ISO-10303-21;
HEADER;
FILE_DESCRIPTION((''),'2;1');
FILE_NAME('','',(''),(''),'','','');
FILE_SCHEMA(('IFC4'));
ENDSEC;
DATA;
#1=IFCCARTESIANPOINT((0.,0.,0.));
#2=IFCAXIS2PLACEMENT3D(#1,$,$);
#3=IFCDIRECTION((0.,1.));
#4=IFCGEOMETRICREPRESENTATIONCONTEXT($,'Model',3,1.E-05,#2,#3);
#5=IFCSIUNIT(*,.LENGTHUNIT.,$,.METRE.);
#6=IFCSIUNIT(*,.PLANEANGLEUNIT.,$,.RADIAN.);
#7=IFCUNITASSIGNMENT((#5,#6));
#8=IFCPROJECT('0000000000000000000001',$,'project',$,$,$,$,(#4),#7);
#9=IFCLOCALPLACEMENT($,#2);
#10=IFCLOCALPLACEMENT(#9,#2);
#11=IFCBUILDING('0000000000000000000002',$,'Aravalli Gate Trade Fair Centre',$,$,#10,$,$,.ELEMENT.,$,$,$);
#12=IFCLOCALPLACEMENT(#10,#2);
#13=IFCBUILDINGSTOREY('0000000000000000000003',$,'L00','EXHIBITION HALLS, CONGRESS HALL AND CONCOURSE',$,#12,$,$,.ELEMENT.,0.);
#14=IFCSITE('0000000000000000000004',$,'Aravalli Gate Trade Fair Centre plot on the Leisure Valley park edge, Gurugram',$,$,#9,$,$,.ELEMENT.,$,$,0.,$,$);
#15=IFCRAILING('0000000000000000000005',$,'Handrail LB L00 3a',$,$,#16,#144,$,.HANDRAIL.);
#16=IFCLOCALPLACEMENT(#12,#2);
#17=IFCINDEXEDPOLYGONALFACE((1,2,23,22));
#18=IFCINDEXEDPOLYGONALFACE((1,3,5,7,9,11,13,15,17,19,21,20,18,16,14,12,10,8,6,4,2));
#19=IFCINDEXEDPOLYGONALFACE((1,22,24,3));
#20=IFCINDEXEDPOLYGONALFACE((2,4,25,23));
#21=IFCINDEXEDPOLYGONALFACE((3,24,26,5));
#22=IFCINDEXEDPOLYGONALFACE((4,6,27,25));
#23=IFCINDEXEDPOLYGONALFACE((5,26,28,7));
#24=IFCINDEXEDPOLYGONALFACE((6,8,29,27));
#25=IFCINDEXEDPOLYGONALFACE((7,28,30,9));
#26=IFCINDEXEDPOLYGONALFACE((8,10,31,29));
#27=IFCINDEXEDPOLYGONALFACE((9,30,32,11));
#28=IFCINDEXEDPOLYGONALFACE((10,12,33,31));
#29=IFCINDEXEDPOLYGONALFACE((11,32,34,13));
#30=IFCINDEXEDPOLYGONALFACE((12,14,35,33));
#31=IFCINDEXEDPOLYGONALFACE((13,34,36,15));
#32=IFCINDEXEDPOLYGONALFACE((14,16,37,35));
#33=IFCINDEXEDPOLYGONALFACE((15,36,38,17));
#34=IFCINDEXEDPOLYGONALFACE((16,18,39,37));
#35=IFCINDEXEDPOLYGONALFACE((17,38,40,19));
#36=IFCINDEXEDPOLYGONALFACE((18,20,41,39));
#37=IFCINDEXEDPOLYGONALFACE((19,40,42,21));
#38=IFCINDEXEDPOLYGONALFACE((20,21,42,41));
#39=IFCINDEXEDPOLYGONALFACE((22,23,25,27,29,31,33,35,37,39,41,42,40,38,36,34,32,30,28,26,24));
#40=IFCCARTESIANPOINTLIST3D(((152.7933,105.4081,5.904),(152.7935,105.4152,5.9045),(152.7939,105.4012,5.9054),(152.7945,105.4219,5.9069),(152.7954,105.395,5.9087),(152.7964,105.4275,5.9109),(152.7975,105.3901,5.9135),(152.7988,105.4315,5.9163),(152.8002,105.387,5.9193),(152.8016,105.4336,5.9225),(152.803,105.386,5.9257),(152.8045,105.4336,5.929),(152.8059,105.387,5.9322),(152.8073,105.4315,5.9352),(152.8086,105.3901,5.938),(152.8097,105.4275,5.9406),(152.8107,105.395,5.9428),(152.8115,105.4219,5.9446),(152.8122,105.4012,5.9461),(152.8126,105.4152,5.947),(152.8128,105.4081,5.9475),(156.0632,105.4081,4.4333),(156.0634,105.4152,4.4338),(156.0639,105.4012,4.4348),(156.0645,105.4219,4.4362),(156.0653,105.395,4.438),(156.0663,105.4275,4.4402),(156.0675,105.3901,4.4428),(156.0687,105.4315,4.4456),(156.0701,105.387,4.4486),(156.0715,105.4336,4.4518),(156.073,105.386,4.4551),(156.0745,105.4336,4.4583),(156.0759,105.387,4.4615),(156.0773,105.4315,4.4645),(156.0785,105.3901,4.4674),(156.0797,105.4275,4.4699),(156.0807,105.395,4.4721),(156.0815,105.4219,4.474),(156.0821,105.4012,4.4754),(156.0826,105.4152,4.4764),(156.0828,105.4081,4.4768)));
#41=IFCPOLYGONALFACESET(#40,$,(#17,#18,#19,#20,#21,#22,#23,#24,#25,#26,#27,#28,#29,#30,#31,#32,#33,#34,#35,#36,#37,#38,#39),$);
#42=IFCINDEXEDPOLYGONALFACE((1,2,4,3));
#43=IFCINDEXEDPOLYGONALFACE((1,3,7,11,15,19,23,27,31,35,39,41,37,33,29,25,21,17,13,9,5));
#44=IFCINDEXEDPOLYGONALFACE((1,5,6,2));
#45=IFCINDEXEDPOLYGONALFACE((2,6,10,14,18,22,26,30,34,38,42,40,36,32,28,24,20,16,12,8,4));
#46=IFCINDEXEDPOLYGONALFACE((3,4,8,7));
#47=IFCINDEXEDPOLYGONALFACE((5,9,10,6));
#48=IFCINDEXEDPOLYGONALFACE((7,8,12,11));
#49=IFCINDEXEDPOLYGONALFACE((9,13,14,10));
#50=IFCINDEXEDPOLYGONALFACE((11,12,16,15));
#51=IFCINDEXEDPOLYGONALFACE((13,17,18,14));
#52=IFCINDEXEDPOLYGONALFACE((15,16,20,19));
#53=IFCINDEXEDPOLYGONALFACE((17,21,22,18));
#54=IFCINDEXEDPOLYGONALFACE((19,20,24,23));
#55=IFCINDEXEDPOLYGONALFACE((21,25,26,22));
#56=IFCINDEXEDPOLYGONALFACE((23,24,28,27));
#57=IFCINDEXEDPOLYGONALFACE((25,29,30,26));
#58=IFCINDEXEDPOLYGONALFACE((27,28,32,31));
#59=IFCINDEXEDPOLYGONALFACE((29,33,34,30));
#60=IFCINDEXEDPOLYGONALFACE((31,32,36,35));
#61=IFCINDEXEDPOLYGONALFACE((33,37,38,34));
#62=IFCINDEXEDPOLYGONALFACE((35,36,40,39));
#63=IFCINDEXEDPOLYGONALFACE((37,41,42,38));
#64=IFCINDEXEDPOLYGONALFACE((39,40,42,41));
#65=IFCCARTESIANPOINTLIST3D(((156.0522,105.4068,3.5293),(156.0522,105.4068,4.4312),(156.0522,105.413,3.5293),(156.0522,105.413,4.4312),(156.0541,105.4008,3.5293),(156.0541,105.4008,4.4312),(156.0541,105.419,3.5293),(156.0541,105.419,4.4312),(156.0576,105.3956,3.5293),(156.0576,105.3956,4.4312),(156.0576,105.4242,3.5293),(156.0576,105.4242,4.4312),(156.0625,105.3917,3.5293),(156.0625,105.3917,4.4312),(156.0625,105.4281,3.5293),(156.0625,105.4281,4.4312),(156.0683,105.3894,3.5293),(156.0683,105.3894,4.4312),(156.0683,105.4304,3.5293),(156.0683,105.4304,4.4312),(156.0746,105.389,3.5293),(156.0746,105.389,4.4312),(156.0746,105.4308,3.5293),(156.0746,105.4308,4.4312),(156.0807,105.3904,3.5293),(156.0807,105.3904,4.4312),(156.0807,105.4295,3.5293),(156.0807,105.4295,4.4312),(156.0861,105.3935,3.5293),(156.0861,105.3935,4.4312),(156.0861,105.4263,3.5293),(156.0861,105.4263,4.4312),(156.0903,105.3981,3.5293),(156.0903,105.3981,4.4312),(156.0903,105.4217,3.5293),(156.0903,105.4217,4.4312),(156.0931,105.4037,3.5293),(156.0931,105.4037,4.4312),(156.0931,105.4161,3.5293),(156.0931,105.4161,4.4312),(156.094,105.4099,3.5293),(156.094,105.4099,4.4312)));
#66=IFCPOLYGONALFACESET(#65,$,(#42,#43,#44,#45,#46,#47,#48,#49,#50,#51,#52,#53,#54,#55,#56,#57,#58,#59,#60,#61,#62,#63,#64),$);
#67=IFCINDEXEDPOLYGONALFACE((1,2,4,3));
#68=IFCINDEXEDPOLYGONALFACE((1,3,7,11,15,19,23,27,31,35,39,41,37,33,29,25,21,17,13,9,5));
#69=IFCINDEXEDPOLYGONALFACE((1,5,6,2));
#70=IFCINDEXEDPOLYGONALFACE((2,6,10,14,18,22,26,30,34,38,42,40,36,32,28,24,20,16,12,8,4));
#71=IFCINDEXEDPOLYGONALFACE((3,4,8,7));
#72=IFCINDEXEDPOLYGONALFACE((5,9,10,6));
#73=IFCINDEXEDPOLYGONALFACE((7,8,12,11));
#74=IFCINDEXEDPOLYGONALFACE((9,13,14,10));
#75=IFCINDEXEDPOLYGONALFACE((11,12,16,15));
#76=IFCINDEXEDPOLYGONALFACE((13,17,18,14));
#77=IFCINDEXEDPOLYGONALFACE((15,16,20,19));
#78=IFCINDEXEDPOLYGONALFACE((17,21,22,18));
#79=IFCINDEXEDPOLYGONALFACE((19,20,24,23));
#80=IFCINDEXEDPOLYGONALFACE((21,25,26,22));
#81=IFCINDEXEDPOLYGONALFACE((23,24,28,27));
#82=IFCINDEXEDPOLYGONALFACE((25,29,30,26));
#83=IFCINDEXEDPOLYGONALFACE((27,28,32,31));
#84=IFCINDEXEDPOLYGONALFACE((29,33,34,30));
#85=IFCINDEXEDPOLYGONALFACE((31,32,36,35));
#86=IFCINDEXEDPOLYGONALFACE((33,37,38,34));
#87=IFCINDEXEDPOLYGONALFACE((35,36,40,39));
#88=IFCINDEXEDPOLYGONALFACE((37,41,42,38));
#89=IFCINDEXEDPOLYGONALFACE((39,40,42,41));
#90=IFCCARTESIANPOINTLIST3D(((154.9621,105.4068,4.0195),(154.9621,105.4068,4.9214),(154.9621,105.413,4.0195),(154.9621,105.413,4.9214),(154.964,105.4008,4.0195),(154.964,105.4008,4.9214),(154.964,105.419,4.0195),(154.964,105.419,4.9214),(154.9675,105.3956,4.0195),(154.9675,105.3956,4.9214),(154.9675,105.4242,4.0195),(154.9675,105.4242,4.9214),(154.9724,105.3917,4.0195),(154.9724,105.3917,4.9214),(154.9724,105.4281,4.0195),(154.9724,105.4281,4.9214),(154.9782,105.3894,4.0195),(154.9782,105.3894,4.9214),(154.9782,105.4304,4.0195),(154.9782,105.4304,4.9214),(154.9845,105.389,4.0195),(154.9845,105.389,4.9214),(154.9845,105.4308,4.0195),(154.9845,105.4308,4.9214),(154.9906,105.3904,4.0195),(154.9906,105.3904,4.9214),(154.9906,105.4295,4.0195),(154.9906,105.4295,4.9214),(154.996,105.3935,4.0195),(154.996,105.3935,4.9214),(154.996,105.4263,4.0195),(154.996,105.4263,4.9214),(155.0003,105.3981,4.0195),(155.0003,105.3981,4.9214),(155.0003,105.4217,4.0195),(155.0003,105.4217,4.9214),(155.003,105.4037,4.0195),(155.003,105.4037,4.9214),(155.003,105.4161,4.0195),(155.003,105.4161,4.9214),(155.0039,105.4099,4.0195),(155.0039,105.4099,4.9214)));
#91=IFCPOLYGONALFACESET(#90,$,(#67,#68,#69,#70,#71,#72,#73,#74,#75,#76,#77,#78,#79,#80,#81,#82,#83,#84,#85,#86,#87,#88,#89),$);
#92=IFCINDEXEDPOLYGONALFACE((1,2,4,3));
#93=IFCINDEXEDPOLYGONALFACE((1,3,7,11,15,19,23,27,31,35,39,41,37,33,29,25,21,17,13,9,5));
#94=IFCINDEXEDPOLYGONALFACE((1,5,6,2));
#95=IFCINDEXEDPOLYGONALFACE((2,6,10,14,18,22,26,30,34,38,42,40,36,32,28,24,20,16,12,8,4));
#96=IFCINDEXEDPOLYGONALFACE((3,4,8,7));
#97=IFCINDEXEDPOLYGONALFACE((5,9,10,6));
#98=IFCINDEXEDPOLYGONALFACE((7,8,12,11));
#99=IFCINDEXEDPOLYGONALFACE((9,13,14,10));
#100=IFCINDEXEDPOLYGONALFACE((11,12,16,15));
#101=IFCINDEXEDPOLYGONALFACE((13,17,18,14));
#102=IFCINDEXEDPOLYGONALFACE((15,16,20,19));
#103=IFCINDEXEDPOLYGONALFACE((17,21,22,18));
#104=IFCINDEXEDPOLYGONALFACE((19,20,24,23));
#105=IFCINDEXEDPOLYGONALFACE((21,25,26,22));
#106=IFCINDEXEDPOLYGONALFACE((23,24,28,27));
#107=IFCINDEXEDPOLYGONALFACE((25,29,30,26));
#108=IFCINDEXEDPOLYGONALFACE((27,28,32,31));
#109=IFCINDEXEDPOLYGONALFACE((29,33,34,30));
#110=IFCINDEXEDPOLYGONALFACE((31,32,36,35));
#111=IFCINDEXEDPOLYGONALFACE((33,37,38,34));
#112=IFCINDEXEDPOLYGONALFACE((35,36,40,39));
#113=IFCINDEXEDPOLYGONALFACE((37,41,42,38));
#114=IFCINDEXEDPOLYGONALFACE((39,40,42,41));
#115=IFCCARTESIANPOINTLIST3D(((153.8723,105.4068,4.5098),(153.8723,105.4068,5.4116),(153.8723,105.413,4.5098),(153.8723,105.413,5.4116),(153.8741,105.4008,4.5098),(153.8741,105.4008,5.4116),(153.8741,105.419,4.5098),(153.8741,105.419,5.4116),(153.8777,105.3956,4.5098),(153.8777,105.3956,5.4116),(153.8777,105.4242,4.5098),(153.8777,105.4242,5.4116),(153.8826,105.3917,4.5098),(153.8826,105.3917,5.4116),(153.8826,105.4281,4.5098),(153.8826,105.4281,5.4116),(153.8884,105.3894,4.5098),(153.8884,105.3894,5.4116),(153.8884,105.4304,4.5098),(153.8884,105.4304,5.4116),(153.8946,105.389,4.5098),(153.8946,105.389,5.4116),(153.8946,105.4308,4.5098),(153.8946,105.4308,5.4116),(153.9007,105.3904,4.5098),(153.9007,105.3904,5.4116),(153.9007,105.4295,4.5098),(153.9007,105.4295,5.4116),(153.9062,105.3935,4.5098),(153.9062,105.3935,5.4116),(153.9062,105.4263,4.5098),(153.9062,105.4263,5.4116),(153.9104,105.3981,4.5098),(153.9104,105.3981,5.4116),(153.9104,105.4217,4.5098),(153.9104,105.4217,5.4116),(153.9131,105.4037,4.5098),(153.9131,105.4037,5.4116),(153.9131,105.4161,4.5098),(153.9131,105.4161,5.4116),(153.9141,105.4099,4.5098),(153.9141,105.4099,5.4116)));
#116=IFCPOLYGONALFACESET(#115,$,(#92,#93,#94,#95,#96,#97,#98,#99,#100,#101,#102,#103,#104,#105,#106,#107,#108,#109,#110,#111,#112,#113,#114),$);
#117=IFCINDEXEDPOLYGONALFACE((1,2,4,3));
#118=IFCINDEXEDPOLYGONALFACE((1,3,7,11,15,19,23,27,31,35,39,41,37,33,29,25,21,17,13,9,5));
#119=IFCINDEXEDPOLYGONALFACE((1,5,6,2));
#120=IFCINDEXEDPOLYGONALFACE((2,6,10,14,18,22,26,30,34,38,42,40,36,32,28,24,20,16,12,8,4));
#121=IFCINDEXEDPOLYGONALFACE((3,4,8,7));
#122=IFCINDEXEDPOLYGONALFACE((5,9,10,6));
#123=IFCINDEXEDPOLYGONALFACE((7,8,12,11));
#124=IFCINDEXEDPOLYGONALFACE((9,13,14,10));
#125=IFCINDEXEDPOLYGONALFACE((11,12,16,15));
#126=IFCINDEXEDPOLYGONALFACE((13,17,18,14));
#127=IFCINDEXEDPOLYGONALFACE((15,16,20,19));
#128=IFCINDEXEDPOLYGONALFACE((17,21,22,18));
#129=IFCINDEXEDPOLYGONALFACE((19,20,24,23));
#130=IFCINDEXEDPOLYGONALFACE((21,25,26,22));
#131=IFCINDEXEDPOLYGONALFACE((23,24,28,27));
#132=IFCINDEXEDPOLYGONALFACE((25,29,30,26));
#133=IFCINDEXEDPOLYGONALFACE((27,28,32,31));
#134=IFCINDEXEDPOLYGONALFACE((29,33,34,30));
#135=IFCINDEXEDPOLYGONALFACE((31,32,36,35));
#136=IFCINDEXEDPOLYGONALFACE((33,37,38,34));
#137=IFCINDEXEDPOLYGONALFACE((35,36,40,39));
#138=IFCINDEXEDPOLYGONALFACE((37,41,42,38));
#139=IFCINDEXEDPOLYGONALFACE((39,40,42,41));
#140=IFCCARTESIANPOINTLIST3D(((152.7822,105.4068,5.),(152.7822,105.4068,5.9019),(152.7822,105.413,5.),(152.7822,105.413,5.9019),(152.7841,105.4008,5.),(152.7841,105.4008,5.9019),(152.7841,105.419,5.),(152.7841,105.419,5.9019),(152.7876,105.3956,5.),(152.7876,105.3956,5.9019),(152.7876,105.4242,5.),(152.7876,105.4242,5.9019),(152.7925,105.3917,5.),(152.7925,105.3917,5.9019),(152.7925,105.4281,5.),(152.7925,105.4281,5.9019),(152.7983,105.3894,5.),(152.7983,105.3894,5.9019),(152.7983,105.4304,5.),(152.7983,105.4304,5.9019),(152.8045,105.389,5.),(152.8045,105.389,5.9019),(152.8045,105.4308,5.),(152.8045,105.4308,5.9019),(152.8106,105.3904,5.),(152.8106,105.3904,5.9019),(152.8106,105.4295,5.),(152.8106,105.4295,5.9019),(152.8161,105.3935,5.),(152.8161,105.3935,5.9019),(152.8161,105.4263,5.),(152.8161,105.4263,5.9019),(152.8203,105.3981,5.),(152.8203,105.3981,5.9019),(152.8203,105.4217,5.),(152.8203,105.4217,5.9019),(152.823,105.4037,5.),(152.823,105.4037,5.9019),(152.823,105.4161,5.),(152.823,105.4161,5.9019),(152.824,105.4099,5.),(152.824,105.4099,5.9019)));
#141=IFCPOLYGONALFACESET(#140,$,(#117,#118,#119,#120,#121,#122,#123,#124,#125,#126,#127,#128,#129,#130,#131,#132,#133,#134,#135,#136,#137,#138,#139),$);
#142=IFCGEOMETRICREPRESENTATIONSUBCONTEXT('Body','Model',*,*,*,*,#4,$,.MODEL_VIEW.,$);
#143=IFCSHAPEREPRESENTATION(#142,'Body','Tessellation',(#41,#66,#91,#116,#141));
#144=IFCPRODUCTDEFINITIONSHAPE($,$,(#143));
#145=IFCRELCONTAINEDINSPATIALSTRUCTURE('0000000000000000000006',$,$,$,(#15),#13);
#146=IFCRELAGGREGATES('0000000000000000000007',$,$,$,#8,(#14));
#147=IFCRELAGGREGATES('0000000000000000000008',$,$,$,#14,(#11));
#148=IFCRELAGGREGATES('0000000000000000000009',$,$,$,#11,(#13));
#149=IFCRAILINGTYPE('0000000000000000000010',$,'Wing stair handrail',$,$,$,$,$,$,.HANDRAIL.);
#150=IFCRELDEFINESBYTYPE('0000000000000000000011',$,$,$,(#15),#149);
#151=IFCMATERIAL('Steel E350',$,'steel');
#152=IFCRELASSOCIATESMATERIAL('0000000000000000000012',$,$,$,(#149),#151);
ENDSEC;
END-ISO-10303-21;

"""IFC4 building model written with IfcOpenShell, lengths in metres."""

from ifc_helpers import new_model, si_unit, direction, frame, origin, origin_2d, place, context, subcontext, project, spatial, circle, extrude, material, type_object, element, save


model = new_model("IFC4")

# Units and contexts
model_context = context("Model", 3, precision=1e-05, world=origin(), true_north=direction((0.0, 1.0)))
body_context = subcontext(model_context, "Body", "Model", "MODEL_VIEW")
ifc_project = project(units=[si_unit("LENGTHUNIT", "METRE"), si_unit("PLANEANGLEUNIT", "RADIAN")], contexts=[model_context])

# Site, building, storey
site_placement = place(None, origin())
site = spatial("IfcSite", under=ifc_project, at=site_placement, Name="Aravalli Gate Trade Fair Centre plot on the Leisure Valley park edge, Gurugram", CompositionType="ELEMENT", RefElevation=0.0)
building_placement = place(site_placement, origin())
building = spatial("IfcBuilding", under=site, at=building_placement, Name="Aravalli Gate Trade Fair Centre", CompositionType="ELEMENT")
storey_placement = place(building_placement, origin())
storey = spatial("IfcBuildingStorey", under=building, at=storey_placement, Name="L00", Description="EXHIBITION HALLS, CONGRESS HALL AND CONCOURSE", CompositionType="ELEMENT", Elevation=0.0)

# Shared definitions
ifc_material_1 = material(Name="Steel E350", Category="steel")

# Railing
railing_type_1 = type_object("IfcRailingType", Name="Wing stair handrail", PredefinedType="HANDRAIL", material=ifc_material_1)
for number, where, name in (
    (1, (156.073, 105.4099, 3.5293), "Handrail LB L00 3a"),
):
    element("IfcRailing", number, at=place(storey_placement, frame(where)), inside=storey, type_object=railing_type_1, Name=name, PredefinedType="HANDRAIL", context=body_context, shape_type="SweptSolid", body=[
        extrude(circle(Radius=0.0239, at=origin_2d()), frame((0.0, 0.0, 0.9258), z_axis=(-0.912006, 0.0, 0.410178), x_axis=(0.0, -1.0, 0.0)), (0.0, 0.0, 1.0), 3.5854),
        extrude(circle(Radius=0.021, at=origin_2d()), origin(), (0.0, 0.0, 1.0), 0.9019),
        extrude(circle(Radius=0.021, at=origin_2d()), frame((-1.0901, 0.0, 0.4902)), (0.0, 0.0, 1.0), 0.9019),
        extrude(circle(Radius=0.021, at=origin_2d()), frame((-2.1799, 0.0, 0.9805)), (0.0, 0.0, 1.0), 0.9019),
        extrude(circle(Radius=0.021, at=origin_2d()), frame((-3.27, 0.0, 1.4707)), (0.0, 0.0, 1.0), 0.9019),
    ])

save(model, "model.ifc")
